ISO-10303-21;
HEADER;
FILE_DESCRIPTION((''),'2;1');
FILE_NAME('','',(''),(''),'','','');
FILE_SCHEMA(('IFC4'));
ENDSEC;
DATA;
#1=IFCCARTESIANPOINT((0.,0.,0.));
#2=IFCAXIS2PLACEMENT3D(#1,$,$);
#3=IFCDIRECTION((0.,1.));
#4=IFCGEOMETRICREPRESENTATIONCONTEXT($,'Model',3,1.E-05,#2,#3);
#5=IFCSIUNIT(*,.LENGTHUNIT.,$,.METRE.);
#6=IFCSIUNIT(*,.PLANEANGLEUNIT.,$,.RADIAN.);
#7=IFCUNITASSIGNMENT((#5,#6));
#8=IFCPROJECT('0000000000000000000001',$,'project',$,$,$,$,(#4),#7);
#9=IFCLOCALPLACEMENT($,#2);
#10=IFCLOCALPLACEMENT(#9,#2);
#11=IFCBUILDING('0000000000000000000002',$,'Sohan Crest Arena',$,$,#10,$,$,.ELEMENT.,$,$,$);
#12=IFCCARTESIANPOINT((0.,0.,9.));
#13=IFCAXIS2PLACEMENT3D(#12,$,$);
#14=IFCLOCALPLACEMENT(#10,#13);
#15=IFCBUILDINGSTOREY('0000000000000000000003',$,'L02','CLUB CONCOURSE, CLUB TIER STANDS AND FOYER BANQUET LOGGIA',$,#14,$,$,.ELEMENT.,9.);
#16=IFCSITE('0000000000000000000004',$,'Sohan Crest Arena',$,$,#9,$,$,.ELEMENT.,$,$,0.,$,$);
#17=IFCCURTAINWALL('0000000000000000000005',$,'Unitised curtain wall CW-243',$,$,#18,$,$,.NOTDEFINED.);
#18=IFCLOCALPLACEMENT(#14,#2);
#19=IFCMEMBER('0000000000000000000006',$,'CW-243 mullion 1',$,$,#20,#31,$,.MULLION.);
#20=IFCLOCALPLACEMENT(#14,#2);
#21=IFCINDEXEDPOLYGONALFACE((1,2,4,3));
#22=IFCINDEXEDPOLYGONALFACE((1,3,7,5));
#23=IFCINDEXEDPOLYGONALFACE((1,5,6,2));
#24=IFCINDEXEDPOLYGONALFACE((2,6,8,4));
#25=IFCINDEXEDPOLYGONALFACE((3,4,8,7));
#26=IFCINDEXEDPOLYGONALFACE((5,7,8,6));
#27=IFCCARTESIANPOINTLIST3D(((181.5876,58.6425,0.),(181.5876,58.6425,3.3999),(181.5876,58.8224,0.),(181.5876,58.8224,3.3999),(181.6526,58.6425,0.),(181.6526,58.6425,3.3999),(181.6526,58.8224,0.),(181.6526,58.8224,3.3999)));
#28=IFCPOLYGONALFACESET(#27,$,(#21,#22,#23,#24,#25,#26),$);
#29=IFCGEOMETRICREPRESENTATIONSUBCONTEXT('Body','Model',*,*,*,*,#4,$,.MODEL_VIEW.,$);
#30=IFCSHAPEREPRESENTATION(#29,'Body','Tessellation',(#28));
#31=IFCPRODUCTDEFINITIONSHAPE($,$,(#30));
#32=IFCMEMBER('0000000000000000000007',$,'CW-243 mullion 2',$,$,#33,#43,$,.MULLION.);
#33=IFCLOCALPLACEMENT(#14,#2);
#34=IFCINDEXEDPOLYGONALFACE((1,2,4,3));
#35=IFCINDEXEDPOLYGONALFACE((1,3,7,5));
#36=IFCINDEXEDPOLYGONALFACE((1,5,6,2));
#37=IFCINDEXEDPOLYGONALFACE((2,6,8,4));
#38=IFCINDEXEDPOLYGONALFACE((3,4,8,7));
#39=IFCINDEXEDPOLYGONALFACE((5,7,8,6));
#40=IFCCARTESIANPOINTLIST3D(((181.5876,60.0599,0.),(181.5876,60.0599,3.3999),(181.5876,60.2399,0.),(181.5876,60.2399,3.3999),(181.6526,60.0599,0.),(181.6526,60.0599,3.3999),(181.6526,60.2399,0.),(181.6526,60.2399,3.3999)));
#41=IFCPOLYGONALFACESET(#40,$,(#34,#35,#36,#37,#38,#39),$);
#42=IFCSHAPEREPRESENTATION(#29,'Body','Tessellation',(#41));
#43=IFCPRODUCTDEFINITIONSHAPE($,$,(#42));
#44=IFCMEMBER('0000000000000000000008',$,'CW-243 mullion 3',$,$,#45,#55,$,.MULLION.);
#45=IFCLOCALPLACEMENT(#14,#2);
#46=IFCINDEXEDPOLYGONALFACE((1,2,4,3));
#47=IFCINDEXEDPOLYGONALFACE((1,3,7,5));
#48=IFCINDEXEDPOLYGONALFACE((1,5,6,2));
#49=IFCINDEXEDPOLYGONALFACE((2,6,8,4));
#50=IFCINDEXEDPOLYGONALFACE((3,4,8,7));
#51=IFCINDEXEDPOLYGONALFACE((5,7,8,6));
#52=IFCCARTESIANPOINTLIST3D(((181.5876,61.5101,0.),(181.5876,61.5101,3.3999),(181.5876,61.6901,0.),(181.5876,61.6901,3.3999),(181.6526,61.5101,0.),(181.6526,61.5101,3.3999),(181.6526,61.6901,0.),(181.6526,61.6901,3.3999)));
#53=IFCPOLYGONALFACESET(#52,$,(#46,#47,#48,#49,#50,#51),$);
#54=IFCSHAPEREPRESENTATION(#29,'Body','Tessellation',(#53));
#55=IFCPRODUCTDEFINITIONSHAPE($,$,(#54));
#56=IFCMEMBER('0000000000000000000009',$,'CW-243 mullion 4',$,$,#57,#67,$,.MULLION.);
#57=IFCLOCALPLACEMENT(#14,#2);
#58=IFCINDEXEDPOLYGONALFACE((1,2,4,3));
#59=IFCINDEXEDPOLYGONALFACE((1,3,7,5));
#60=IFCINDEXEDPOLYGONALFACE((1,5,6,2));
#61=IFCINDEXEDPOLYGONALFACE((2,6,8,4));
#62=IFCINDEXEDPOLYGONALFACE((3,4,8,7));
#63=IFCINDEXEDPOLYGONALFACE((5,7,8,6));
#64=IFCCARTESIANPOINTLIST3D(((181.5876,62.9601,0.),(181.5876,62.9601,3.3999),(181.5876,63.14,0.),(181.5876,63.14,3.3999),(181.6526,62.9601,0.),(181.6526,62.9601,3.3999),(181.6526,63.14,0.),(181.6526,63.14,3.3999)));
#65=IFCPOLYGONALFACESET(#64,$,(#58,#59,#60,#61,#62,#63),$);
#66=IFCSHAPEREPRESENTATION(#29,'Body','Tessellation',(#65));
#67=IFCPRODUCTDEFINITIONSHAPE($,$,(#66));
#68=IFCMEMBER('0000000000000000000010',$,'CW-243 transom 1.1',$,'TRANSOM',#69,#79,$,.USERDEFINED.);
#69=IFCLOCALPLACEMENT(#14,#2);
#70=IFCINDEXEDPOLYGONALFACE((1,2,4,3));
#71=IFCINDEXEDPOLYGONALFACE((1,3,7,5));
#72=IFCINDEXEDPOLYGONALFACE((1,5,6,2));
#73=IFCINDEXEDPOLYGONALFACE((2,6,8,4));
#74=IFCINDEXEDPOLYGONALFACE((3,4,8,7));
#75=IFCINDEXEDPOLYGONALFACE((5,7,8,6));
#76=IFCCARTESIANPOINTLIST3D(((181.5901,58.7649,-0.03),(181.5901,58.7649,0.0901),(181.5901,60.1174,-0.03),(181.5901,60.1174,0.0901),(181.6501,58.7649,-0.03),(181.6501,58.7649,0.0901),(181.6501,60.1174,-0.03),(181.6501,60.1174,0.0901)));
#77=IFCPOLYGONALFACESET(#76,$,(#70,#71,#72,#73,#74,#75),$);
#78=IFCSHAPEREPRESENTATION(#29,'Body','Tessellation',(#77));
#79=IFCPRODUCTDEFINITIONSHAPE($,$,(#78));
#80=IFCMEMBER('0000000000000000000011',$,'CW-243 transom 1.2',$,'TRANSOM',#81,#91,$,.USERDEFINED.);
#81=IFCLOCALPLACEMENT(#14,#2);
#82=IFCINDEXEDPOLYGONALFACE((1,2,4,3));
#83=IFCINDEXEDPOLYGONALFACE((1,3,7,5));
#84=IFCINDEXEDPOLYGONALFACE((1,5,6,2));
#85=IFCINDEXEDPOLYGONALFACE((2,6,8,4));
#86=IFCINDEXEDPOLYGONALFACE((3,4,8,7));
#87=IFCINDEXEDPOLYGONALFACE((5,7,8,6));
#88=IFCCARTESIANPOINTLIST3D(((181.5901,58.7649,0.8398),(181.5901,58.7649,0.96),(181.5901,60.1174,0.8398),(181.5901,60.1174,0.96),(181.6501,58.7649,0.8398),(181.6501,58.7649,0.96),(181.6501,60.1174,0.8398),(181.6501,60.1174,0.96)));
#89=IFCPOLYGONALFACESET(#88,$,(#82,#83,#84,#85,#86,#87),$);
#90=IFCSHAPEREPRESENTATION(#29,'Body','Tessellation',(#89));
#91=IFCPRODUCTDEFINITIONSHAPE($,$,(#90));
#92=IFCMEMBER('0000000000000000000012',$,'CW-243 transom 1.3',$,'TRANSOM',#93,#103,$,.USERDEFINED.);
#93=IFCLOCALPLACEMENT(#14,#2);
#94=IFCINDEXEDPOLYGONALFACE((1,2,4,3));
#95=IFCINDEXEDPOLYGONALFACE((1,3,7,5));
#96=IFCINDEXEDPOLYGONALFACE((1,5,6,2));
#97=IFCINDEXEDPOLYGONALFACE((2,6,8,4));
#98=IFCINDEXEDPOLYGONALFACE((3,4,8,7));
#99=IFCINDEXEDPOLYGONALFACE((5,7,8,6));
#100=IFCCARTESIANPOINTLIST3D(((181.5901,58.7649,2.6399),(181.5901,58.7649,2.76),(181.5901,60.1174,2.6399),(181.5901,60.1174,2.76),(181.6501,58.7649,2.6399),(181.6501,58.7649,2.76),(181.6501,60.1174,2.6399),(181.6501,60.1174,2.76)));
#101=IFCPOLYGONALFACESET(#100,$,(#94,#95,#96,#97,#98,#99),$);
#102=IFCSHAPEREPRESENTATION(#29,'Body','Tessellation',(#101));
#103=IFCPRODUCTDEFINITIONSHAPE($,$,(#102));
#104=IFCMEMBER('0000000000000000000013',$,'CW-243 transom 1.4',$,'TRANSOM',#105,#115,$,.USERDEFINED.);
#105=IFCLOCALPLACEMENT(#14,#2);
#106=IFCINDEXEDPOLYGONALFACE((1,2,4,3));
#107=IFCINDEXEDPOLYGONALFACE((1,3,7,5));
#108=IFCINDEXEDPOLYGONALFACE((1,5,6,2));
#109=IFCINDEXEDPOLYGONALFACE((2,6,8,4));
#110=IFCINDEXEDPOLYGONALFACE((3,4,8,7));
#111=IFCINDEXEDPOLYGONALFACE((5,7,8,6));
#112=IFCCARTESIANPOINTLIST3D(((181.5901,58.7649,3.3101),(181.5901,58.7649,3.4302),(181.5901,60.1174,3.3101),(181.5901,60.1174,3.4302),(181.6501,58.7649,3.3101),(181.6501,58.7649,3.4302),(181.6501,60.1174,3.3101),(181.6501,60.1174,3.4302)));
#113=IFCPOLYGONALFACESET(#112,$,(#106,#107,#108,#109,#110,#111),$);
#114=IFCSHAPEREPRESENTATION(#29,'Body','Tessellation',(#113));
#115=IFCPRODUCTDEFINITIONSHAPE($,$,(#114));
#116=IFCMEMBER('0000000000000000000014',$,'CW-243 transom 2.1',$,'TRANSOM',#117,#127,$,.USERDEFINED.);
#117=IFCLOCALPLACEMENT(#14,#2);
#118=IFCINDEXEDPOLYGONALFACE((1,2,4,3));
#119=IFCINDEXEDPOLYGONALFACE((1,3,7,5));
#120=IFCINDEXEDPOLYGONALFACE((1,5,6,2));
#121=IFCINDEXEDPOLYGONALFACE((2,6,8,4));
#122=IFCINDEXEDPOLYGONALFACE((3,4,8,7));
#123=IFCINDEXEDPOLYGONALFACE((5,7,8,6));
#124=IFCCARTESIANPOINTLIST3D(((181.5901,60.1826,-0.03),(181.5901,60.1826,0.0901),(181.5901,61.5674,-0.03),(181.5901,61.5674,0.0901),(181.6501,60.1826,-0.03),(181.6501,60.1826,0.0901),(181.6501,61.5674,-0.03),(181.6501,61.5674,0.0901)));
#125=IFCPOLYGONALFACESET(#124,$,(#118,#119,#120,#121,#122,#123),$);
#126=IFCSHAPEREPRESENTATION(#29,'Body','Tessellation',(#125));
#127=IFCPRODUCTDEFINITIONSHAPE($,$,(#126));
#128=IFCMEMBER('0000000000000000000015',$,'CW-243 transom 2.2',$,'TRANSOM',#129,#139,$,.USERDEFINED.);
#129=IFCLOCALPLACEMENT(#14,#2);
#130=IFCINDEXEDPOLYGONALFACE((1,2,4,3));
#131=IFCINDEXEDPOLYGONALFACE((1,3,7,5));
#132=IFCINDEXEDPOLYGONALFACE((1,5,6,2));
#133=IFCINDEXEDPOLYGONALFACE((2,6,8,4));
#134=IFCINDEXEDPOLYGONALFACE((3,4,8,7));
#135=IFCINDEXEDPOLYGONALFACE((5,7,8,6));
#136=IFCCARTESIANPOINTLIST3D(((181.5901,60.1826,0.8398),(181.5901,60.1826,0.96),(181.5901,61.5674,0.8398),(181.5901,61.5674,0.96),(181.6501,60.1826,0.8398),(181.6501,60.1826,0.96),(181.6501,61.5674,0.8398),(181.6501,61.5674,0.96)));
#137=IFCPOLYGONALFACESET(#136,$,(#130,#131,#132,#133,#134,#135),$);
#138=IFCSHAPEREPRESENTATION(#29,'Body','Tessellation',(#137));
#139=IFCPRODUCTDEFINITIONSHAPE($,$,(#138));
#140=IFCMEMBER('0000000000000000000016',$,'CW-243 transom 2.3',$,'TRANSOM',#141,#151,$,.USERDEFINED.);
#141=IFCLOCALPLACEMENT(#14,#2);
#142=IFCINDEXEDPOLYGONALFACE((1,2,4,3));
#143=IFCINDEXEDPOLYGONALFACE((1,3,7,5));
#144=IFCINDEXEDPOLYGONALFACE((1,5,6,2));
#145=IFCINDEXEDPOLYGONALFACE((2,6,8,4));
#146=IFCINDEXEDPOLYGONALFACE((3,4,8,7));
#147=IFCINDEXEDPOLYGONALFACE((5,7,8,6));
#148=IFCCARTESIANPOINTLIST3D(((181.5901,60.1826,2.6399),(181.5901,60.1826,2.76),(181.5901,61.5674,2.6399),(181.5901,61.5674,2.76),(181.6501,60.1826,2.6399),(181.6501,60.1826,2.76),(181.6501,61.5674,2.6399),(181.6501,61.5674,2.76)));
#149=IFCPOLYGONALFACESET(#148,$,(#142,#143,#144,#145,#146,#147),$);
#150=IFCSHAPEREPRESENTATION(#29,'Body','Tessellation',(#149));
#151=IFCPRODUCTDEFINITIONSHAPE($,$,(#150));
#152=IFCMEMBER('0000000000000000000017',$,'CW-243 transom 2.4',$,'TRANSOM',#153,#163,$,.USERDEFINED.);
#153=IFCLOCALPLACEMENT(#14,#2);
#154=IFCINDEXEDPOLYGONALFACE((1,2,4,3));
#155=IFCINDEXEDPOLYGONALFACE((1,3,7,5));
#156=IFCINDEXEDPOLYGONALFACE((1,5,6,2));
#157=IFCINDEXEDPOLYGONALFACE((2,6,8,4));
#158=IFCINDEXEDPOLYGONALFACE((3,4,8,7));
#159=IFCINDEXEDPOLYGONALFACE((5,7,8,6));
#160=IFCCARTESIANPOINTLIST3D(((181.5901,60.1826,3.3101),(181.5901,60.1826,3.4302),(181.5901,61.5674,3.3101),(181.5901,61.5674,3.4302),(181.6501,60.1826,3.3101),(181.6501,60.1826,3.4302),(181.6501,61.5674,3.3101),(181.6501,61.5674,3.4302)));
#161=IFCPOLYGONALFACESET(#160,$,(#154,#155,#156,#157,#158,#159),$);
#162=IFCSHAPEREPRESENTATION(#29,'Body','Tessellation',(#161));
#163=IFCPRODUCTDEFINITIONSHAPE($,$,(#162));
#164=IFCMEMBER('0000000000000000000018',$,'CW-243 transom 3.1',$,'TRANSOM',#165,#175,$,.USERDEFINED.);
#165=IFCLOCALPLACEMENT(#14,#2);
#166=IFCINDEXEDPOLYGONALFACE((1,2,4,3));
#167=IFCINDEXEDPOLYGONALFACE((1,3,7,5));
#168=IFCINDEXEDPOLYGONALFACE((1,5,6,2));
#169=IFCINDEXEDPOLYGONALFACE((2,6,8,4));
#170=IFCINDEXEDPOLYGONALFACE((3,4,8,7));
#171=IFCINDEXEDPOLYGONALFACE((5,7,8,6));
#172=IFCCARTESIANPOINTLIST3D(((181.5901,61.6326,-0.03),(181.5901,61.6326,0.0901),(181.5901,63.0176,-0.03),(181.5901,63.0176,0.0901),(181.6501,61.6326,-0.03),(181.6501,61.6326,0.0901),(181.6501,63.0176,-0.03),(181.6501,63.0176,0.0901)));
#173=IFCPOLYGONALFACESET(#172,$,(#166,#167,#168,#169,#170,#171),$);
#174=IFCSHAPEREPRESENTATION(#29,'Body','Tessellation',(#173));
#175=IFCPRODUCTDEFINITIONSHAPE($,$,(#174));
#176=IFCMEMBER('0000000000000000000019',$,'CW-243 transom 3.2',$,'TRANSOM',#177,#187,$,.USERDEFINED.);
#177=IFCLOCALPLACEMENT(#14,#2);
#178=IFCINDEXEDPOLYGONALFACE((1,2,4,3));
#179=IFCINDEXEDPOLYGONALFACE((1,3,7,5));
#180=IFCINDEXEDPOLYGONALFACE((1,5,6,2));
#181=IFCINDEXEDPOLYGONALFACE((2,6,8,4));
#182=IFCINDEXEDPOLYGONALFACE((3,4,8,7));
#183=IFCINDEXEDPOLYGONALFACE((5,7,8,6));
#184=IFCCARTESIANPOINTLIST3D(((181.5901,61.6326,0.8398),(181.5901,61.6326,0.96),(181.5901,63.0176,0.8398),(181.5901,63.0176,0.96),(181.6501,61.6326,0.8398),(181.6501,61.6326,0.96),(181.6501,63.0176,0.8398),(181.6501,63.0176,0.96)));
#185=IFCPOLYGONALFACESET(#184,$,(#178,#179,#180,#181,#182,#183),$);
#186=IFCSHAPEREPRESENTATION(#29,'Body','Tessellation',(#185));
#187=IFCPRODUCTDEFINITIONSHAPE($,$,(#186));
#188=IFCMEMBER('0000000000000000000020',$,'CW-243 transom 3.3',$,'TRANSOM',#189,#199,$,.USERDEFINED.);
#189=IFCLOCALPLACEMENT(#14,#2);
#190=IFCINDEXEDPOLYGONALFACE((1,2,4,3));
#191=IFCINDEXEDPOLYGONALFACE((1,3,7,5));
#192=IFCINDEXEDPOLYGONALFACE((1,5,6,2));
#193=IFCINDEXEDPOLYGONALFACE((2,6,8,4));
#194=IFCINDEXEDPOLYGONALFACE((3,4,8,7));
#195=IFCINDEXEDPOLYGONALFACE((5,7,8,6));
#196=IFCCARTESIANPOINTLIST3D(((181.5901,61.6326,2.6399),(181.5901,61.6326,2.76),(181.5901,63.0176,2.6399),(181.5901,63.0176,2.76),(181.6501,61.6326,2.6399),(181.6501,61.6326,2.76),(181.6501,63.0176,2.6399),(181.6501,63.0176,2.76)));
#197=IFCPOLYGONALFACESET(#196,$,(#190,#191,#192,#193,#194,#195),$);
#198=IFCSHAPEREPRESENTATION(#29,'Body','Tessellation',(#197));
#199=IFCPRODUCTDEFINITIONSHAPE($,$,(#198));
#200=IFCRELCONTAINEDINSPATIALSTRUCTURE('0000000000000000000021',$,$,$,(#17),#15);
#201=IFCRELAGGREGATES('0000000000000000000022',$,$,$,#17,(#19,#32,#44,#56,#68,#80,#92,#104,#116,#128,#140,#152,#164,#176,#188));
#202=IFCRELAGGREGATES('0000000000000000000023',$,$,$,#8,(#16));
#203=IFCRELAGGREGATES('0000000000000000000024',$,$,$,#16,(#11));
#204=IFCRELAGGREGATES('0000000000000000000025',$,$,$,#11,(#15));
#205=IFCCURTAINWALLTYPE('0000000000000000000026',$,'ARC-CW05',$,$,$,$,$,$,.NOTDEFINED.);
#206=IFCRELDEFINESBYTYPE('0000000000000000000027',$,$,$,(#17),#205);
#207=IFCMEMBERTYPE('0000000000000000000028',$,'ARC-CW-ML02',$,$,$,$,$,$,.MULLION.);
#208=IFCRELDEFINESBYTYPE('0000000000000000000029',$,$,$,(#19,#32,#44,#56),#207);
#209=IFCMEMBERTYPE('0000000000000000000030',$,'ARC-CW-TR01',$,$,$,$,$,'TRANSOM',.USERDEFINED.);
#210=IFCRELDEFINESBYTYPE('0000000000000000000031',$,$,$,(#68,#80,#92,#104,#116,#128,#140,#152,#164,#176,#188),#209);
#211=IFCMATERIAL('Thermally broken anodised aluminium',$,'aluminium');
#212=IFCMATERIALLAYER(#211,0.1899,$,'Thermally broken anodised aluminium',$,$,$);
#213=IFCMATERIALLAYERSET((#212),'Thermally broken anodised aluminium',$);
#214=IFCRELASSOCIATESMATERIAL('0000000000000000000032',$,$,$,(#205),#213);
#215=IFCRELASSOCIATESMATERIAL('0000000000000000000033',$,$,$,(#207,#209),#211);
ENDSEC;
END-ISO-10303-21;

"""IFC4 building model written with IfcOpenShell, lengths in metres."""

from ifc_helpers import new_model, si_unit, direction, frame, origin, origin_2d, place, context, subcontext, project, spatial, rectangle, extrude, material, layer, layer_set, material_profile, profile_set, type_object, element, aggregate, save


model = new_model("IFC4")

# Units and contexts
model_context = context("Model", 3, precision=1e-05, world=origin(), true_north=direction((0.0, 1.0)))
body_context = subcontext(model_context, "Body", "Model", "MODEL_VIEW")
ifc_project = project(units=[si_unit("LENGTHUNIT", "METRE"), si_unit("PLANEANGLEUNIT", "RADIAN")], contexts=[model_context])

# Site, building, storey
site_placement = place(None, origin())
site = spatial("IfcSite", under=ifc_project, at=site_placement, Name="Sohan Crest Arena", CompositionType="ELEMENT", RefElevation=0.0)
building_placement = place(site_placement, origin())
building = spatial("IfcBuilding", under=site, at=building_placement, Name="Sohan Crest Arena", CompositionType="ELEMENT")
storey_placement = place(building_placement, frame((0.0, 0.0, 9.0)))
storey = spatial("IfcBuildingStorey", under=building, at=storey_placement, Name="L02", Description="CLUB CONCOURSE, CLUB TIER STANDS AND FOYER BANQUET LOGGIA", CompositionType="ELEMENT", Elevation=9.0)

# Curtain wall, members
ifc_material_1 = material(Name="Thermally broken anodised aluminium", Category="aluminium")
ifc_layer_1 = layer(ifc_material_1, 0.1899, Name="Thermally broken anodised aluminium")
ifc_layer_set_1 = layer_set([ifc_layer_1], Name="Thermally broken anodised aluminium")
curtain_wall_type = type_object("IfcCurtainWallType", Name="ARC-CW05", PredefinedType="NOTDEFINED", material=ifc_layer_set_1)
curtain_wall_placement = place(storey_placement, origin())
curtain_wall = element("IfcCurtainWall", 1, at=curtain_wall_placement, inside=storey, type_object=curtain_wall_type, Name="Unitised curtain wall CW-243", PredefinedType="NOTDEFINED")
ifc_material_profile_1 = material_profile(ifc_material_1, rectangle(XDim=0.0649, YDim=0.1799, at=origin_2d()), Name="ALU-MULL 65x180")
ifc_profile_set_1 = profile_set([ifc_material_profile_1], Name="Thermally broken anodised aluminium")
member_type_1 = type_object("IfcMemberType", Name="ARC-CW-ML02", PredefinedType="MULLION", material=ifc_profile_set_1)
member_1_placement = place(storey_placement, frame((181.6201, 58.7324, 0.0), z_axis=(0.0, 0.0, 1.0), x_axis=(-1.0, 0.0, 0.0)))
member_1 = element("IfcMember", 2, at=member_1_placement, type_object=member_type_1, Name="CW-243 mullion 1", PredefinedType="MULLION", context=body_context, shape_type="SweptSolid", body=[
    extrude(rectangle(XDim=0.0649, YDim=0.1799, at=origin_2d()), origin(), (0.0, 0.0, 1.0), 3.3999),
])
member_2_placement = place(storey_placement, frame((181.6201, 60.1499, 0.0), z_axis=(0.0, 0.0, 1.0), x_axis=(-1.0, 0.0, 0.0)))
member_2 = element("IfcMember", 3, at=member_2_placement, type_object=member_type_1, Name="CW-243 mullion 2", PredefinedType="MULLION", context=body_context, shape_type="SweptSolid", body=[
    extrude(rectangle(XDim=0.0649, YDim=0.1799, at=origin_2d()), origin(), (0.0, 0.0, 1.0), 3.3999),
])
member_3_placement = place(storey_placement, frame((181.6201, 61.6001, 0.0), z_axis=(0.0, 0.0, 1.0), x_axis=(-1.0, 0.0, 0.0)))
member_3 = element("IfcMember", 4, at=member_3_placement, type_object=member_type_1, Name="CW-243 mullion 3", PredefinedType="MULLION", context=body_context, shape_type="SweptSolid", body=[
    extrude(rectangle(XDim=0.0649, YDim=0.1799, at=origin_2d()), origin(), (0.0, 0.0, 1.0), 3.3999),
])
member_4_placement = place(storey_placement, frame((181.6201, 63.05, 0.0), z_axis=(0.0, 0.0, 1.0), x_axis=(-1.0, 0.0, 0.0)))
member_4 = element("IfcMember", 5, at=member_4_placement, type_object=member_type_1, Name="CW-243 mullion 4", PredefinedType="MULLION", context=body_context, shape_type="SweptSolid", body=[
    extrude(rectangle(XDim=0.0649, YDim=0.1799, at=origin_2d()), origin(), (0.0, 0.0, 1.0), 3.3999),
])
ifc_material_profile_2 = material_profile(ifc_material_1, rectangle(XDim=0.0601, YDim=0.1201, at=origin_2d()), Name="ALU-TRAN 60x120")
ifc_profile_set_2 = profile_set([ifc_material_profile_2], Name="Thermally broken anodised aluminium")
member_type_2 = type_object("IfcMemberType", Name="ARC-CW-TR01", ElementType="TRANSOM", PredefinedType="USERDEFINED", material=ifc_profile_set_2)
member_5_placement = place(storey_placement, frame((181.6201, 58.7649, 0.03), z_axis=(0.0, 1.0, 0.0), x_axis=(-1.0, 0.0, 0.0)))
member_5 = element("IfcMember", 6, at=member_5_placement, type_object=member_type_2, Name="CW-243 transom 1.1", ObjectType="TRANSOM", PredefinedType="USERDEFINED", context=body_context, shape_type="SweptSolid", body=[
    extrude(rectangle(XDim=0.0601, YDim=0.1201, at=origin_2d()), origin(), (0.0, 0.0, 1.0), 1.3525),
])
member_6_placement = place(storey_placement, frame((181.6201, 58.7649, 0.8999), z_axis=(0.0, 1.0, 0.0), x_axis=(-1.0, 0.0, 0.0)))
member_6 = element("IfcMember", 7, at=member_6_placement, type_object=member_type_2, Name="CW-243 transom 1.2", ObjectType="TRANSOM", PredefinedType="USERDEFINED", context=body_context, shape_type="SweptSolid", body=[
    extrude(rectangle(XDim=0.0601, YDim=0.1201, at=origin_2d()), origin(), (0.0, 0.0, 1.0), 1.3525),
])
member_7_placement = place(storey_placement, frame((181.6201, 58.7649, 2.7), z_axis=(0.0, 1.0, 0.0), x_axis=(-1.0, 0.0, 0.0)))
member_7 = element("IfcMember", 8, at=member_7_placement, type_object=member_type_2, Name="CW-243 transom 1.3", ObjectType="TRANSOM", PredefinedType="USERDEFINED", context=body_context, shape_type="SweptSolid", body=[
    extrude(rectangle(XDim=0.0601, YDim=0.1201, at=origin_2d()), origin(), (0.0, 0.0, 1.0), 1.3525),
])
member_8_placement = place(storey_placement, frame((181.6201, 58.7649, 3.3701), z_axis=(0.0, 1.0, 0.0), x_axis=(-1.0, 0.0, 0.0)))
member_8 = element("IfcMember", 9, at=member_8_placement, type_object=member_type_2, Name="CW-243 transom 1.4", ObjectType="TRANSOM", PredefinedType="USERDEFINED", context=body_context, shape_type="SweptSolid", body=[
    extrude(rectangle(XDim=0.0601, YDim=0.1201, at=origin_2d()), origin(), (0.0, 0.0, 1.0), 1.3525),
])
member_9_placement = place(storey_placement, frame((181.6201, 60.1826, 0.03), z_axis=(0.0, 1.0, 0.0), x_axis=(-1.0, 0.0, 0.0)))
member_9 = element("IfcMember", 10, at=member_9_placement, type_object=member_type_2, Name="CW-243 transom 2.1", ObjectType="TRANSOM", PredefinedType="USERDEFINED", context=body_context, shape_type="SweptSolid", body=[
    extrude(rectangle(XDim=0.0601, YDim=0.1201, at=origin_2d()), origin(), (0.0, 0.0, 1.0), 1.3848),
])
member_10_placement = place(storey_placement, frame((181.6201, 60.1826, 0.8999), z_axis=(0.0, 1.0, 0.0), x_axis=(-1.0, 0.0, 0.0)))
member_10 = element("IfcMember", 11, at=member_10_placement, type_object=member_type_2, Name="CW-243 transom 2.2", ObjectType="TRANSOM", PredefinedType="USERDEFINED", context=body_context, shape_type="SweptSolid", body=[
    extrude(rectangle(XDim=0.0601, YDim=0.1201, at=origin_2d()), origin(), (0.0, 0.0, 1.0), 1.3848),
])
member_11_placement = place(storey_placement, frame((181.6201, 60.1826, 2.7), z_axis=(0.0, 1.0, 0.0), x_axis=(-1.0, 0.0, 0.0)))
member_11 = element("IfcMember", 12, at=member_11_placement, type_object=member_type_2, Name="CW-243 transom 2.3", ObjectType="TRANSOM", PredefinedType="USERDEFINED", context=body_context, shape_type="SweptSolid", body=[
    extrude(rectangle(XDim=0.0601, YDim=0.1201, at=origin_2d()), origin(), (0.0, 0.0, 1.0), 1.3848),
])
member_12_placement = place(storey_placement, frame((181.6201, 60.1826, 3.3701), z_axis=(0.0, 1.0, 0.0), x_axis=(-1.0, 0.0, 0.0)))
member_12 = element("IfcMember", 13, at=member_12_placement, type_object=member_type_2, Name="CW-243 transom 2.4", ObjectType="TRANSOM", PredefinedType="USERDEFINED", context=body_context, shape_type="SweptSolid", body=[
    extrude(rectangle(XDim=0.0601, YDim=0.1201, at=origin_2d()), origin(), (0.0, 0.0, 1.0), 1.3848),
])
member_13_placement = place(storey_placement, frame((181.6201, 61.6326, 0.03), z_axis=(0.0, 1.0, 0.0), x_axis=(-1.0, 0.0, 0.0)))
member_13 = element("IfcMember", 14, at=member_13_placement, type_object=member_type_2, Name="CW-243 transom 3.1", ObjectType="TRANSOM", PredefinedType="USERDEFINED", context=body_context, shape_type="SweptSolid", body=[
    extrude(rectangle(XDim=0.0601, YDim=0.1201, at=origin_2d()), origin(), (0.0, 0.0, 1.0), 1.385),
])
member_14_placement = place(storey_placement, frame((181.6201, 61.6326, 0.8999), z_axis=(0.0, 1.0, 0.0), x_axis=(-1.0, 0.0, 0.0)))
member_14 = element("IfcMember", 15, at=member_14_placement, type_object=member_type_2, Name="CW-243 transom 3.2", ObjectType="TRANSOM", PredefinedType="USERDEFINED", context=body_context, shape_type="SweptSolid", body=[
    extrude(rectangle(XDim=0.0601, YDim=0.1201, at=origin_2d()), origin(), (0.0, 0.0, 1.0), 1.385),
])
member_15_placement = place(storey_placement, frame((181.6201, 61.6326, 2.7), z_axis=(0.0, 1.0, 0.0), x_axis=(-1.0, 0.0, 0.0)))
member_15 = element("IfcMember", 16, at=member_15_placement, type_object=member_type_2, Name="CW-243 transom 3.3", ObjectType="TRANSOM", PredefinedType="USERDEFINED", context=body_context, shape_type="SweptSolid", body=[
    extrude(rectangle(XDim=0.0601, YDim=0.1201, at=origin_2d()), origin(), (0.0, 0.0, 1.0), 1.385),
])

aggregate(curtain_wall, [member_1, member_2, member_3, member_4, member_5, member_6, member_7, member_8, member_9, member_10, member_11, member_12, member_13, member_14, member_15])

save(model, "model.ifc")
